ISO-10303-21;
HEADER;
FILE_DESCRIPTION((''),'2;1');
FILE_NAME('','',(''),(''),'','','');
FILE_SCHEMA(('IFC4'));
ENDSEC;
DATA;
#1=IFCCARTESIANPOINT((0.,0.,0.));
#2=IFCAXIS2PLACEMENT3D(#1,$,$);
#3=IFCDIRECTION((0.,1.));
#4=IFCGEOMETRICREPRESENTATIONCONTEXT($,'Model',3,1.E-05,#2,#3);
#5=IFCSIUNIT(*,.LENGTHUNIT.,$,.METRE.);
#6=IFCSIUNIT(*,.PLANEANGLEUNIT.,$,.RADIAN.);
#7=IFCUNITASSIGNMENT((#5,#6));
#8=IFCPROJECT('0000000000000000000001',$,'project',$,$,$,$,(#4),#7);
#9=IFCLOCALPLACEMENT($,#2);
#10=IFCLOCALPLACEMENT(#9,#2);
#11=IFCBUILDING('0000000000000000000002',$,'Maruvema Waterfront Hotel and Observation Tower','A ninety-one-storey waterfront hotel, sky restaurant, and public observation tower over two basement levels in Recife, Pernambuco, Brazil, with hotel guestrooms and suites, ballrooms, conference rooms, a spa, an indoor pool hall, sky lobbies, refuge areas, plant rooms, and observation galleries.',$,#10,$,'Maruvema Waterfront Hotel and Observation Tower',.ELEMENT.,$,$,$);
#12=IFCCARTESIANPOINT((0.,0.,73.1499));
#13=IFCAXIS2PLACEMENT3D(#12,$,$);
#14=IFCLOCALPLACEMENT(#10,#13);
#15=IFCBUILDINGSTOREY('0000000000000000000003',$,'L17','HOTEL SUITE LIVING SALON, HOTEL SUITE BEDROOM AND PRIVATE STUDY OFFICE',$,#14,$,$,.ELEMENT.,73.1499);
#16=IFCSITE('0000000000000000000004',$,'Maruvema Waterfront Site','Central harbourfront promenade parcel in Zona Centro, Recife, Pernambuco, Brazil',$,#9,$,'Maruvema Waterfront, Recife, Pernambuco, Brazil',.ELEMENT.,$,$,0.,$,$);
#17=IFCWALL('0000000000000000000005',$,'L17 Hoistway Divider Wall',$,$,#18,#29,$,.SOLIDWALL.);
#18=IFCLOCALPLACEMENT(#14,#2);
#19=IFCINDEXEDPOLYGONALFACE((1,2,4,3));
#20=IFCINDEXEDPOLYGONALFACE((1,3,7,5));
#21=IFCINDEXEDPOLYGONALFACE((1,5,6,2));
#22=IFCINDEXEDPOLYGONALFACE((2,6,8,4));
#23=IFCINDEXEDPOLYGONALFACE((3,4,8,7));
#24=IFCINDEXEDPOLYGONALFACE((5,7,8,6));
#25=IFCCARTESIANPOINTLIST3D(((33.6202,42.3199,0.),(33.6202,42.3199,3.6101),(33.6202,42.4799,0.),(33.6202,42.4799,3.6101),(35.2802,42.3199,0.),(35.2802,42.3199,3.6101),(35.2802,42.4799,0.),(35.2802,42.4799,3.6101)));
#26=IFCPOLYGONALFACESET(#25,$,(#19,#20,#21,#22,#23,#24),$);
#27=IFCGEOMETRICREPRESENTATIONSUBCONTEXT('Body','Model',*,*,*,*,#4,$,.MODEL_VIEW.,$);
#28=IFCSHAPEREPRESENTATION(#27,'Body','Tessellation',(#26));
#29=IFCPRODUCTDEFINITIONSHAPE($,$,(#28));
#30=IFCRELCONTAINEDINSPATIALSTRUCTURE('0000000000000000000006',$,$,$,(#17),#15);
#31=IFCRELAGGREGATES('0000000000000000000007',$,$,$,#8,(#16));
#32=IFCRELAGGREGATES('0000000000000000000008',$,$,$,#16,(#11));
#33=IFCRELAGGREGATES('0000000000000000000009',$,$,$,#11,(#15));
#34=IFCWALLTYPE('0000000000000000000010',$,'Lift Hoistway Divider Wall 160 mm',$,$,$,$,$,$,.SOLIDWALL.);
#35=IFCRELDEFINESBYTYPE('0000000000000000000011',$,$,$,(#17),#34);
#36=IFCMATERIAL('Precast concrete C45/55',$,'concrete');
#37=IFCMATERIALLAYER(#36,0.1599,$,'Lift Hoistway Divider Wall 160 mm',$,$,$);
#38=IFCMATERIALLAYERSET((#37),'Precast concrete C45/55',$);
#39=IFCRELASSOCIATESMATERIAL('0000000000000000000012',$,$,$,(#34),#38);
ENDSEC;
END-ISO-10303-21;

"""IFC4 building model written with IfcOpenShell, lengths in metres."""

from ifc_helpers import new_model, si_unit, direction, frame, frame_2d, origin, place, context, subcontext, project, spatial, rectangle, extrude, material, layer, layer_set, type_object, element, save


model = new_model("IFC4")

# Units and contexts
model_context = context("Model", 3, precision=1e-05, world=origin(), true_north=direction((0.0, 1.0)))
body_context = subcontext(model_context, "Body", "Model", "MODEL_VIEW")
ifc_project = project(units=[si_unit("LENGTHUNIT", "METRE"), si_unit("PLANEANGLEUNIT", "RADIAN")], contexts=[model_context])

# Site, building, storey
site_placement = place(None, origin())
site = spatial("IfcSite", under=ifc_project, at=site_placement, Name="Maruvema Waterfront Site", Description="Central harbourfront promenade parcel in Zona Centro, Recife, Pernambuco, Brazil", LongName="Maruvema Waterfront, Recife, Pernambuco, Brazil", CompositionType="ELEMENT", RefElevation=0.0)
building_placement = place(site_placement, origin())
building = spatial("IfcBuilding", under=site, at=building_placement, Name="Maruvema Waterfront Hotel and Observation Tower", Description="A ninety-one-storey waterfront hotel, sky restaurant, and public observation tower over two basement levels in Recife, Pernambuco, Brazil, with hotel guestrooms and suites, ballrooms, conference rooms, a spa, an indoor pool hall, sky lobbies, refuge areas, plant rooms, and observation galleries.", LongName="Maruvema Waterfront Hotel and Observation Tower", CompositionType="ELEMENT")
storey_placement = place(building_placement, frame((0.0, 0.0, 73.1499)))
storey = spatial("IfcBuildingStorey", under=building, at=storey_placement, Name="L17", Description="HOTEL SUITE LIVING SALON, HOTEL SUITE BEDROOM AND PRIVATE STUDY OFFICE", CompositionType="ELEMENT", Elevation=73.1499)

# Wall
ifc_material_1 = material(Name="Precast concrete C45/55", Category="concrete")
ifc_layer_1 = layer(ifc_material_1, 0.1599, Name="Lift Hoistway Divider Wall 160 mm")
ifc_layer_set_1 = layer_set([ifc_layer_1], Name="Precast concrete C45/55")
wall_type_1 = type_object("IfcWallType", Name="Lift Hoistway Divider Wall 160 mm", PredefinedType="SOLIDWALL", material=ifc_layer_set_1)
wall_1_placement = place(storey_placement, frame((33.6201, 42.3999, 0.0), z_axis=(0.0, 0.0, 1.0), x_axis=(1.0, 0.0, 0.0)))
element("IfcWall", 1, at=wall_1_placement, inside=storey, type_object=wall_type_1, Name="L17 Hoistway Divider Wall", PredefinedType="SOLIDWALL", context=body_context, shape_type="SweptSolid", body=[
    extrude(rectangle(XDim=1.6599, YDim=0.1599, at=frame_2d((0.8301, 0.0))), origin(), (0.0, 0.0, 1.0), 3.6101),
])

save(model, "model.ifc")
